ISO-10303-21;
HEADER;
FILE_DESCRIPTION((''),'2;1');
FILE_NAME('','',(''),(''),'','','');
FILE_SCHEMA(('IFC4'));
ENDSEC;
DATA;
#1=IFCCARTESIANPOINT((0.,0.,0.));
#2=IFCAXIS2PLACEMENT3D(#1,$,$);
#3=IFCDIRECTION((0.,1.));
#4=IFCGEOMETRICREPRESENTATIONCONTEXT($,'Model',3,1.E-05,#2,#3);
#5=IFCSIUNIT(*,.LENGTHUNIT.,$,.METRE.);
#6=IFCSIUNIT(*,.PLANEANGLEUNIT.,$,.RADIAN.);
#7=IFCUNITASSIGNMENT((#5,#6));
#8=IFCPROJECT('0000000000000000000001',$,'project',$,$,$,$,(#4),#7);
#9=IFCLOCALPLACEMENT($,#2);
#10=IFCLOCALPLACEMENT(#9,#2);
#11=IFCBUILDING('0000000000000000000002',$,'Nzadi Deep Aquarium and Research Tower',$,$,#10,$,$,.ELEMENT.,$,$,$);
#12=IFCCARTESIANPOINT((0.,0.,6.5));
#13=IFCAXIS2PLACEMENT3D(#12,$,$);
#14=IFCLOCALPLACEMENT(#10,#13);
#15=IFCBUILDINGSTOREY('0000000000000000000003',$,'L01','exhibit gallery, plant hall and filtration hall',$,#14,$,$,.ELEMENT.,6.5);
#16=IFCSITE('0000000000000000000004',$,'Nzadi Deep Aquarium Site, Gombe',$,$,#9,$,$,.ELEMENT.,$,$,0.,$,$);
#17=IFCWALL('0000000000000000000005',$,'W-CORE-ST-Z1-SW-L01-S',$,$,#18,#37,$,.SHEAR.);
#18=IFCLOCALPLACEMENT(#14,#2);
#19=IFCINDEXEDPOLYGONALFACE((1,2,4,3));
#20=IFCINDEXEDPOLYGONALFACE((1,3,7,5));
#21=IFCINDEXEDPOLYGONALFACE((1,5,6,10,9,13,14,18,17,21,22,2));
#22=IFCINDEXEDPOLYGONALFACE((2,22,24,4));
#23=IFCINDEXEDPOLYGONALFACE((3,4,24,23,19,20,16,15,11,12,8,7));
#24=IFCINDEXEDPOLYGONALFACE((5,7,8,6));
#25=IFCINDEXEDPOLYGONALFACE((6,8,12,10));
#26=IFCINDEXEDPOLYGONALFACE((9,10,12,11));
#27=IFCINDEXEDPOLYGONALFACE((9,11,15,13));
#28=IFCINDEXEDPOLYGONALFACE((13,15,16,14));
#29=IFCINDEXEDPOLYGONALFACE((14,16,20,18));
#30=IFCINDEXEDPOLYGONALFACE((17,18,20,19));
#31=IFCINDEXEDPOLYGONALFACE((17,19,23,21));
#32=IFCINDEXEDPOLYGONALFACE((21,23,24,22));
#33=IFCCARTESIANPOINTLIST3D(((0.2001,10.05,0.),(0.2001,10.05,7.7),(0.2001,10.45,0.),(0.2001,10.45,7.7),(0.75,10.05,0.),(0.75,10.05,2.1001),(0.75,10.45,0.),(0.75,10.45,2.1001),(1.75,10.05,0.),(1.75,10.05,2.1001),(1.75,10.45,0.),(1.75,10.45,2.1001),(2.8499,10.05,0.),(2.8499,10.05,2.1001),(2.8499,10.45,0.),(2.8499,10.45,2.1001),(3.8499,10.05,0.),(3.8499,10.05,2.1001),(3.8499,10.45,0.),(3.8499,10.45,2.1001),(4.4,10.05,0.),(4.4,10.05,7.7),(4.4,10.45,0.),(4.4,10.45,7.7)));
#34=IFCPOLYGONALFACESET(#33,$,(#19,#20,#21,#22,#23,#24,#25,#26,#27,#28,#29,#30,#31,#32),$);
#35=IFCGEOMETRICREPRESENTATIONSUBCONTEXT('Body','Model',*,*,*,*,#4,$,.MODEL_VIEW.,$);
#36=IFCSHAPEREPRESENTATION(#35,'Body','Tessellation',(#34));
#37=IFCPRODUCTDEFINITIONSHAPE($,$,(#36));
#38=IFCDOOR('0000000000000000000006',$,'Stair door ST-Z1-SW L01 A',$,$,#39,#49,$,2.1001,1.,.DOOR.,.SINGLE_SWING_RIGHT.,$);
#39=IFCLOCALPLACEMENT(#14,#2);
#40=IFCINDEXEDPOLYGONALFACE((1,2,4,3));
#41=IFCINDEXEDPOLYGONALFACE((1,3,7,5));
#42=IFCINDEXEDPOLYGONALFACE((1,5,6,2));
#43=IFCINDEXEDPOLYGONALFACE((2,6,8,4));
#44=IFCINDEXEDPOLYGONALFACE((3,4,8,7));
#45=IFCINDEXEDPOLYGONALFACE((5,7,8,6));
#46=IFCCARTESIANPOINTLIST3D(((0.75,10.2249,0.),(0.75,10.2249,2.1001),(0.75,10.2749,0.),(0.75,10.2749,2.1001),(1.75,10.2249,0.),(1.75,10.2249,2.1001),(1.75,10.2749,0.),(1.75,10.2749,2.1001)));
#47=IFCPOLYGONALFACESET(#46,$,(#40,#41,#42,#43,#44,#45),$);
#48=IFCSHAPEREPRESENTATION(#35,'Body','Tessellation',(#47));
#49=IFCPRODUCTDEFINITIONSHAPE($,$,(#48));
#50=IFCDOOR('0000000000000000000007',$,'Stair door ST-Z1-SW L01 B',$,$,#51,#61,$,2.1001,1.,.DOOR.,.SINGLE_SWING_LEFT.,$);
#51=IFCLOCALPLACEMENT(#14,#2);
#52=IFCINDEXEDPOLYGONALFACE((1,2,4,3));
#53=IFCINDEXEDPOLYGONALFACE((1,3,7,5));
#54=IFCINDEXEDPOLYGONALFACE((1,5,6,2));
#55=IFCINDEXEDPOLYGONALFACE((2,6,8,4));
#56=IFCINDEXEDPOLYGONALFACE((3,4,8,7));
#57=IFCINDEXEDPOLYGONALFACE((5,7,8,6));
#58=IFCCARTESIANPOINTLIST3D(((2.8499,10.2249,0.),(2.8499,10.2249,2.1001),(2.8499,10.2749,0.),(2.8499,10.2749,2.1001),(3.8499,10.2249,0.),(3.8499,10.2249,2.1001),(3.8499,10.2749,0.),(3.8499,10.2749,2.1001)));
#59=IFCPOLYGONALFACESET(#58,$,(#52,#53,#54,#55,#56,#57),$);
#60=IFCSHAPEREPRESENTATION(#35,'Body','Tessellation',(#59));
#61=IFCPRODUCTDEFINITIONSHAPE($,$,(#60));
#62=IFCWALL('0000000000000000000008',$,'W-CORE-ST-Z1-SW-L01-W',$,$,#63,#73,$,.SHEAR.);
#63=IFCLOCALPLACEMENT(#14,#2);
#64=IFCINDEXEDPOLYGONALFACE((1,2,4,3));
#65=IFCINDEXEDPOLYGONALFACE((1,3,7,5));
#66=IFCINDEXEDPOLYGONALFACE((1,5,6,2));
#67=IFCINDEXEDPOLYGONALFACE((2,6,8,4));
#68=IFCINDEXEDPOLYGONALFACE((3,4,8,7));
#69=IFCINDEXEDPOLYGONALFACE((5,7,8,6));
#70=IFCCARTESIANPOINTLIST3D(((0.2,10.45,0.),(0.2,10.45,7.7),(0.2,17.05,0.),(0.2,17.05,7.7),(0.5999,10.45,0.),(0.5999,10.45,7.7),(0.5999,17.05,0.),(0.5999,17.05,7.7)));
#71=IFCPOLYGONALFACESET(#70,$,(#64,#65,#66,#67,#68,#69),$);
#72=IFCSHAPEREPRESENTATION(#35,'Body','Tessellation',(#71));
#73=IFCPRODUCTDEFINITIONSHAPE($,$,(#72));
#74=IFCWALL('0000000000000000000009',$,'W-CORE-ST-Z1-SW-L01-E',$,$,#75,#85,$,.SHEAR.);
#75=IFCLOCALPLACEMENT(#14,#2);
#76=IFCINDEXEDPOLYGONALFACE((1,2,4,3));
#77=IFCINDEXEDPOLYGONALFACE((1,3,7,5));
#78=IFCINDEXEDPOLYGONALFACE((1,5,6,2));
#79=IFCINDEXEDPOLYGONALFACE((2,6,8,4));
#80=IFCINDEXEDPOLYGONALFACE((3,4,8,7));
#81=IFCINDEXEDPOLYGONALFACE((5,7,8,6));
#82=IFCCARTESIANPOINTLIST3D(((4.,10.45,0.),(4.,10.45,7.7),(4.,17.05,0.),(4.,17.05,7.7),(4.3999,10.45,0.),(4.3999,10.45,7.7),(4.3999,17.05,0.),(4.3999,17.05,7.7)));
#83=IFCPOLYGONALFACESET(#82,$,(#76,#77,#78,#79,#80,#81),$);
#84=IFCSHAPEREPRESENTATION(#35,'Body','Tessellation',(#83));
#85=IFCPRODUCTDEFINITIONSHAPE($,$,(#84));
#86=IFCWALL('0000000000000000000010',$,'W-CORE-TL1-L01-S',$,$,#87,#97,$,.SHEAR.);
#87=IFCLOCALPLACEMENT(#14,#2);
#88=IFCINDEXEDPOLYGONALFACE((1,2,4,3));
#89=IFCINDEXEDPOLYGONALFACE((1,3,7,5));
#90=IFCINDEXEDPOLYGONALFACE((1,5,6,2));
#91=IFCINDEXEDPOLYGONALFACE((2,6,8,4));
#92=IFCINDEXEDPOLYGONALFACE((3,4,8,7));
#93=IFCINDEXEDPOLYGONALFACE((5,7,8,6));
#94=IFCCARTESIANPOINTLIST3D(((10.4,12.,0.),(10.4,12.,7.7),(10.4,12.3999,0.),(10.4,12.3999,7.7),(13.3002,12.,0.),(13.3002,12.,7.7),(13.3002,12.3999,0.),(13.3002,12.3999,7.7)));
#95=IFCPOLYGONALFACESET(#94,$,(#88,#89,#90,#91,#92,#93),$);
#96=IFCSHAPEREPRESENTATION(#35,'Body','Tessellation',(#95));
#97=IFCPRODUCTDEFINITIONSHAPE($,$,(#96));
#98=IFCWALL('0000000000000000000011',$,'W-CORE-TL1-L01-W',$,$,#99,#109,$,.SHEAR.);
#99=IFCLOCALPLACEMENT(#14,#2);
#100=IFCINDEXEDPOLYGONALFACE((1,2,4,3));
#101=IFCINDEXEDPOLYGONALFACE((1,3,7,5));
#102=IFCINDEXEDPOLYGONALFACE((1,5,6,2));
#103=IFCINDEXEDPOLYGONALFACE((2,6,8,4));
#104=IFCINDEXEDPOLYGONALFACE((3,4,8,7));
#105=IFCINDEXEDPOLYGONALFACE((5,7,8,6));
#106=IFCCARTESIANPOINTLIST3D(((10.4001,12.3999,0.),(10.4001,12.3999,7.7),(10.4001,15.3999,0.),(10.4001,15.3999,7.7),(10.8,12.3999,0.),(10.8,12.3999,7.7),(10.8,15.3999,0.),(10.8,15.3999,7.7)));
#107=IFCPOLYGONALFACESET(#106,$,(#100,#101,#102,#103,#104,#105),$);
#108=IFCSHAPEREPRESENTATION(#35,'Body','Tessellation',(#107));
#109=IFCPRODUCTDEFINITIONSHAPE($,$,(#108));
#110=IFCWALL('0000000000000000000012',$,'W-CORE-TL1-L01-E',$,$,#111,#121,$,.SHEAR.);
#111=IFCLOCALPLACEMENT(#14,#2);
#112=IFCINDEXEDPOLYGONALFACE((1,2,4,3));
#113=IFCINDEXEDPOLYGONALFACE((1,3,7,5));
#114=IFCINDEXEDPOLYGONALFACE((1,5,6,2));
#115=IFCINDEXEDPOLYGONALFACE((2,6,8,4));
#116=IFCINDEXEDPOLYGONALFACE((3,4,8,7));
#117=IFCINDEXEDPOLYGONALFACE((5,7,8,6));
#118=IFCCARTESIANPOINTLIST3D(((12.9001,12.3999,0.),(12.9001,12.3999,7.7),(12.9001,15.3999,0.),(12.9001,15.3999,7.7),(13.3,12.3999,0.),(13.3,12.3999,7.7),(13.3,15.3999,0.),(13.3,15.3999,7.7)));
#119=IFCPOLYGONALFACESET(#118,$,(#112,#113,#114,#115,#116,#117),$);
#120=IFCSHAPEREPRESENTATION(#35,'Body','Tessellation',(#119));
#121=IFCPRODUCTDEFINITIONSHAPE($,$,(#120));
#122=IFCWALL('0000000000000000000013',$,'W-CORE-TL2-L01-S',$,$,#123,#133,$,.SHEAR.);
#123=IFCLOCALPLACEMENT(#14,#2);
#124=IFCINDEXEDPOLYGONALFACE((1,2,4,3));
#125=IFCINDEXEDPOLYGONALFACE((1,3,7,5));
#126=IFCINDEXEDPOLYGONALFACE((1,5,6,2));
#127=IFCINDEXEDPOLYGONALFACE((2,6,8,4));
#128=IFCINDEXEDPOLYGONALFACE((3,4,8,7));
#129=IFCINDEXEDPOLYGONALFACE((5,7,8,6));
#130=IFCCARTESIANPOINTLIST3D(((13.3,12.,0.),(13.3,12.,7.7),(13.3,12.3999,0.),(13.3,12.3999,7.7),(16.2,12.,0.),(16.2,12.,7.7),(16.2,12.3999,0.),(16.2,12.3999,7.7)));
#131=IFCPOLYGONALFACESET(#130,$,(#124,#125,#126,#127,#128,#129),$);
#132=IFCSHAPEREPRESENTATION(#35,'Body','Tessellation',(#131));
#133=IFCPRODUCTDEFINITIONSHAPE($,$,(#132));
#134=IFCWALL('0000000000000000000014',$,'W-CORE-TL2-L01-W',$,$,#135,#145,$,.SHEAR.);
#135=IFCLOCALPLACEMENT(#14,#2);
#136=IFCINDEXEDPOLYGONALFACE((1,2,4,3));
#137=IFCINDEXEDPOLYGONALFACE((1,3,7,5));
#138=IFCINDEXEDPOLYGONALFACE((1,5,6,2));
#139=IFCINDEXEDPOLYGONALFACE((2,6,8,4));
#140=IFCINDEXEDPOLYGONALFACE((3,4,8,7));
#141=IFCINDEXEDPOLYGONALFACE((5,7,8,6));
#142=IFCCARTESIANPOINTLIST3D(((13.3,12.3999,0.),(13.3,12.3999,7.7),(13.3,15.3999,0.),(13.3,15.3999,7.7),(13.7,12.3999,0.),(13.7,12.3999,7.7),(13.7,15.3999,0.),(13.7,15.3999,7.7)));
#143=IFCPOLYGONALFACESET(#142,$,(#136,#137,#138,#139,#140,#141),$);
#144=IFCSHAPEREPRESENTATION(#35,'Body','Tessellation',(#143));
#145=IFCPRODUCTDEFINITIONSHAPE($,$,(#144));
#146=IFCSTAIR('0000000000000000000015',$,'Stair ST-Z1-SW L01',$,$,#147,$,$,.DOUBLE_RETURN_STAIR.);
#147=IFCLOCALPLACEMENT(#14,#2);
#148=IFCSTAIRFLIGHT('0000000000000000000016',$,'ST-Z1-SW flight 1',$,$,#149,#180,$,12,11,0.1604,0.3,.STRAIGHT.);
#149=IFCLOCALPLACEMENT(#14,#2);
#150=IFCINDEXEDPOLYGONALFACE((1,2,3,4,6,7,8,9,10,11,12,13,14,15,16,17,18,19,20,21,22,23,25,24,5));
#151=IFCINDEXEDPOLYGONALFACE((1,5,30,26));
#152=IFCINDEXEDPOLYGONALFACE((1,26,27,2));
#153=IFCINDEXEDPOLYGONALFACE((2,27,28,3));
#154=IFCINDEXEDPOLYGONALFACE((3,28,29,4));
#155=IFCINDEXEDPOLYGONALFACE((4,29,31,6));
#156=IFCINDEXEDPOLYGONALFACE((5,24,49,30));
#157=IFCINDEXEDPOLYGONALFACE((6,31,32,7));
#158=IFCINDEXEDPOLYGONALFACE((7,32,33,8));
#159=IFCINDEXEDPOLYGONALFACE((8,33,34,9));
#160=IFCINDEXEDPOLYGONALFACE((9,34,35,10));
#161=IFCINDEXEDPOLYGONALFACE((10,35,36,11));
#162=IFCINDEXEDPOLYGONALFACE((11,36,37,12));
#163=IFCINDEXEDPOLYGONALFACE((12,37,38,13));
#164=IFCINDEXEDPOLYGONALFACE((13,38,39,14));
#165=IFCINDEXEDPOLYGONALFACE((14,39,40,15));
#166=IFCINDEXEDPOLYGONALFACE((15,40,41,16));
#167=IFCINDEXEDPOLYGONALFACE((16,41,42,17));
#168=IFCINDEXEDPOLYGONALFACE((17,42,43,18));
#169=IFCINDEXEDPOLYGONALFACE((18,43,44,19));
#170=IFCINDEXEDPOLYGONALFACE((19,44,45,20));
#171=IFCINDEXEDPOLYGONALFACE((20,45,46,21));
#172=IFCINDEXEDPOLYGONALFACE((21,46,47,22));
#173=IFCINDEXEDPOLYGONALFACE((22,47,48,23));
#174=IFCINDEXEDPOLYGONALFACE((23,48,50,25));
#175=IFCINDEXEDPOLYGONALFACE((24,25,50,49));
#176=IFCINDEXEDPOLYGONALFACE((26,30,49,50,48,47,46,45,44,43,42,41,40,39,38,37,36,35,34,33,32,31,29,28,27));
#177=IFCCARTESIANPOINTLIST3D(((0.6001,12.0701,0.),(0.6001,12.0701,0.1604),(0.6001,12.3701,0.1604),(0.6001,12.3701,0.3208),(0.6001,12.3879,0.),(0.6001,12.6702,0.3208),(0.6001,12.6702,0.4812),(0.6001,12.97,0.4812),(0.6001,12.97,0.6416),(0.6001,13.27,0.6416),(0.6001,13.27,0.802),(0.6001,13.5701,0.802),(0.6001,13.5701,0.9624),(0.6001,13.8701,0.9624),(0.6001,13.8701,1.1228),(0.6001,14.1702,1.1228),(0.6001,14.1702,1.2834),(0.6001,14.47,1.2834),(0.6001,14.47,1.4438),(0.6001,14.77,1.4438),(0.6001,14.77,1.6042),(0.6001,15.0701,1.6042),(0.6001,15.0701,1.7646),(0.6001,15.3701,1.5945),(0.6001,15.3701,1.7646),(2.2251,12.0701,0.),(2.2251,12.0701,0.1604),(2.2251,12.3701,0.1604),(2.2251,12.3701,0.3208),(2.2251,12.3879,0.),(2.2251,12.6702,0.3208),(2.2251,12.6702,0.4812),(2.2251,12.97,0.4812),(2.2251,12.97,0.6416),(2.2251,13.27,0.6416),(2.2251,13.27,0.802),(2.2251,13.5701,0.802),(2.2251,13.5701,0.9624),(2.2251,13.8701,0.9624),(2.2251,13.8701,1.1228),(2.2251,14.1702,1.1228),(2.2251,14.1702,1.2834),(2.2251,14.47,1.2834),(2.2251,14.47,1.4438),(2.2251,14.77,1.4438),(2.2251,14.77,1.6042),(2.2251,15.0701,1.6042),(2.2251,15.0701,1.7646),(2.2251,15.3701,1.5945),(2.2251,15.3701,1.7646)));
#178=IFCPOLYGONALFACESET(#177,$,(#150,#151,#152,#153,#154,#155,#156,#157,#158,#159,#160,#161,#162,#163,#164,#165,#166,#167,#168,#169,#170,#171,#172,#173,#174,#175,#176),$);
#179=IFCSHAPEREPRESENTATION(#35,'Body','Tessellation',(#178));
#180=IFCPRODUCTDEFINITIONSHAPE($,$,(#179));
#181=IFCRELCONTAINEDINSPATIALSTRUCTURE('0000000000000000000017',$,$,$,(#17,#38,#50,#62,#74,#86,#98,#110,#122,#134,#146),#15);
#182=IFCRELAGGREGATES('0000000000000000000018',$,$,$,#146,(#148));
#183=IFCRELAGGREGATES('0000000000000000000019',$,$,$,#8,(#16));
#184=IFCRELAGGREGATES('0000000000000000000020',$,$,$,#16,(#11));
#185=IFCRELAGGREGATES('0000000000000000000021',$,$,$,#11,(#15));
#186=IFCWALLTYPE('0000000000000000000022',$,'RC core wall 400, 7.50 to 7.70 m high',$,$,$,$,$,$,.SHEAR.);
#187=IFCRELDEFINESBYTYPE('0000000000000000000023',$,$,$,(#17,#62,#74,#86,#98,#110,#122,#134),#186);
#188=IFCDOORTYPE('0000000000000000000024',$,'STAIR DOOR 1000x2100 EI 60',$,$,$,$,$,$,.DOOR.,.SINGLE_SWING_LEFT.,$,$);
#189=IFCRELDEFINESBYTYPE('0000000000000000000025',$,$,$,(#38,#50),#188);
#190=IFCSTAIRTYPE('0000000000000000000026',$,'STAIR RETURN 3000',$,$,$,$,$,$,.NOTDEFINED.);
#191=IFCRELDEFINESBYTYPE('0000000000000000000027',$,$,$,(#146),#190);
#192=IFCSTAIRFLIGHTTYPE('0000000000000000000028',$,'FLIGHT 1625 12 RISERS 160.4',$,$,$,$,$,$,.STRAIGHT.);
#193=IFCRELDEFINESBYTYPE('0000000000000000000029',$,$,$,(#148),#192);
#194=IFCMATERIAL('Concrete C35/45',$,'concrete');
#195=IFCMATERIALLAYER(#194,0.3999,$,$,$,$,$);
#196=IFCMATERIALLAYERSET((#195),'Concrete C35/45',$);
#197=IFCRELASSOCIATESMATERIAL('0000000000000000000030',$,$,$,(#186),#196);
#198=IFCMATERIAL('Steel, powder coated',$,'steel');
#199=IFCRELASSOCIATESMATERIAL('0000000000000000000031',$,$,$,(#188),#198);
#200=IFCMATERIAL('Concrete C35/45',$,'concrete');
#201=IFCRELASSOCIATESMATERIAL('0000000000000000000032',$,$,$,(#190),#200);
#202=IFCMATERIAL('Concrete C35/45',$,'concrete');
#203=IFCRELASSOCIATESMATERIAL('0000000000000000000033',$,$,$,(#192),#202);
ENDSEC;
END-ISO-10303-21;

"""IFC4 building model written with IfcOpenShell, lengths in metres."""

from ifc_helpers import new_model, si_unit, direction, frame, frame_2d, origin, place, context, subcontext, project, spatial, polyline, rectangle, outline, extrude, material, layer, layer_set, type_object, element, fill, aggregate, save


model = new_model("IFC4")

# Units and contexts
model_context = context("Model", 3, precision=1e-05, world=origin(), true_north=direction((0.0, 1.0)))
body_context = subcontext(model_context, "Body", "Model", "MODEL_VIEW")
ifc_project = project(units=[si_unit("LENGTHUNIT", "METRE"), si_unit("PLANEANGLEUNIT", "RADIAN")], contexts=[model_context])

# Site, building, storey
site_placement = place(None, origin())
site = spatial("IfcSite", under=ifc_project, at=site_placement, Name="Nzadi Deep Aquarium Site, Gombe", CompositionType="ELEMENT", RefElevation=0.0)
building_placement = place(site_placement, origin())
building = spatial("IfcBuilding", under=site, at=building_placement, Name="Nzadi Deep Aquarium and Research Tower", CompositionType="ELEMENT")
storey_placement = place(building_placement, frame((0.0, 0.0, 6.5)))
storey = spatial("IfcBuildingStorey", under=building, at=storey_placement, Name="L01", Description="exhibit gallery, plant hall and filtration hall", CompositionType="ELEMENT", Elevation=6.5)

# Wall, openings, doors
ifc_material_1 = material(Name="Concrete C35/45", Category="concrete")
ifc_layer_1 = layer(ifc_material_1, 0.3999)
ifc_layer_set_1 = layer_set([ifc_layer_1], Name="Concrete C35/45")
wall_type_1 = type_object("IfcWallType", Name="RC core wall 400, 7.50 to 7.70 m high", PredefinedType="SHEAR", material=ifc_layer_set_1)
wall_1_placement = place(storey_placement, frame((0.2, 10.25, 0.0), z_axis=(0.0, 0.0, 1.0), x_axis=(1.0, 0.0, 0.0)))
wall_1 = element("IfcWall", 1, at=wall_1_placement, inside=storey, type_object=wall_type_1, Name="W-CORE-ST-Z1-SW-L01-S", PredefinedType="SHEAR", context=body_context, shape_type="SweptSolid", body=[
    extrude(rectangle(XDim=4.2, YDim=0.3999, at=frame_2d((2.1001, 0.0))), origin(), (0.0, 0.0, 1.0), 7.7),
])
opening_1_placement = place(wall_1_placement, frame((0.55, 0.0, 0.0)))
opening_1 = element("IfcOpeningElement", 2, at=opening_1_placement, cuts=wall_1, PredefinedType="OPENING", context=body_context, shape_type="SweptSolid", body=[
    extrude(rectangle(XDim=1.0, YDim=2.1001, at=frame_2d((0.5, 1.05))), frame((0.0, 0.21, 0.0), z_axis=(0.0, -1.0, 0.0), x_axis=(1.0, 0.0, 0.0)), (0.0, 0.0, 1.0), 0.4199),
])
opening_2_placement = place(wall_1_placement, frame((2.6499, 0.0, 0.0)))
opening_2 = element("IfcOpeningElement", 3, at=opening_2_placement, cuts=wall_1, PredefinedType="OPENING", context=body_context, shape_type="SweptSolid", body=[
    extrude(rectangle(XDim=1.0, YDim=2.1001, at=frame_2d((0.5, 1.05))), frame((0.0, 0.21, 0.0), z_axis=(0.0, -1.0, 0.0), x_axis=(1.0, 0.0, 0.0)), (0.0, 0.0, 1.0), 0.4199),
])
ifc_material_2 = material(Name="Steel, powder coated", Category="steel")
door_type_1 = type_object("IfcDoorType", Name="STAIR DOOR 1000x2100 EI 60", OperationType="SINGLE_SWING_LEFT", PredefinedType="DOOR", material=ifc_material_2)
door_1_placement = place(opening_1_placement, origin())
door_1 = element("IfcDoor", 4, at=door_1_placement, inside=storey, type_object=door_type_1, Name="Stair door ST-Z1-SW L01 A", OperationType="SINGLE_SWING_RIGHT", OverallHeight=2.1001, OverallWidth=1.0, PredefinedType="DOOR", context=body_context, shape_type="SweptSolid", body=[
    extrude(rectangle(XDim=1.0, YDim=2.1001, at=frame_2d((0.5, 1.05))), frame((0.0, 0.0249, 0.0), z_axis=(0.0, -1.0, 0.0), x_axis=(1.0, 0.0, 0.0)), (0.0, 0.0, 1.0), 0.05),
])
fill(opening_1, door_1)
door_2_placement = place(opening_2_placement, origin())
door_2 = element("IfcDoor", 5, at=door_2_placement, inside=storey, type_object=door_type_1, Name="Stair door ST-Z1-SW L01 B", OperationType="SINGLE_SWING_LEFT", OverallHeight=2.1001, OverallWidth=1.0, PredefinedType="DOOR", context=body_context, shape_type="SweptSolid", body=[
    extrude(rectangle(XDim=1.0, YDim=2.1001, at=frame_2d((0.5, 1.05))), frame((0.0, 0.0249, 0.0), z_axis=(0.0, -1.0, 0.0), x_axis=(1.0, 0.0, 0.0)), (0.0, 0.0, 1.0), 0.05),
])
fill(opening_2, door_2)

# Walls
for number, where, z_axis, x_axis, name in (
    (6, (0.3999, 10.45, 0.0), (0.0, 0.0, 1.0), (0.0, 1.0, 0.0), "W-CORE-ST-Z1-SW-L01-W"),
    (7, (4.2, 10.45, 0.0), (0.0, 0.0, 1.0), (0.0, 1.0, 0.0), "W-CORE-ST-Z1-SW-L01-E"),
):
    element("IfcWall", number, at=place(storey_placement, frame(where, z_axis=z_axis, x_axis=x_axis)), inside=storey, type_object=wall_type_1, Name=name, PredefinedType="SHEAR", context=body_context, shape_type="SweptSolid", body=[
        extrude(rectangle(XDim=6.6001, YDim=0.3999, at=frame_2d((3.3, 0.0))), origin(), (0.0, 0.0, 1.0), 7.7),
    ])
wall_2_placement = place(storey_placement, frame((10.3999, 12.2, 0.0), z_axis=(0.0, 0.0, 1.0), x_axis=(1.0, 0.0, 0.0)))
element("IfcWall", 8, at=wall_2_placement, inside=storey, type_object=wall_type_1, Name="W-CORE-TL1-L01-S", PredefinedType="SHEAR", context=body_context, shape_type="SweptSolid", body=[
    extrude(rectangle(XDim=2.9001, YDim=0.3999, at=frame_2d((1.4502, 0.0))), origin(), (0.0, 0.0, 1.0), 7.7),
])
for number, where, z_axis, x_axis, name in (
    (9, (10.6001, 12.3999, 0.0), (0.0, 0.0, 1.0), (0.0, 1.0, 0.0), "W-CORE-TL1-L01-W"),
    (10, (13.1001, 12.3999, 0.0), (0.0, 0.0, 1.0), (0.0, 1.0, 0.0), "W-CORE-TL1-L01-E"),
):
    element("IfcWall", number, at=place(storey_placement, frame(where, z_axis=z_axis, x_axis=x_axis)), inside=storey, type_object=wall_type_1, Name=name, PredefinedType="SHEAR", context=body_context, shape_type="SweptSolid", body=[
        extrude(rectangle(XDim=3.0, YDim=0.3999, at=frame_2d((1.5, 0.0))), origin(), (0.0, 0.0, 1.0), 7.7),
    ])
wall_3_placement = place(storey_placement, frame((13.3, 12.2, 0.0), z_axis=(0.0, 0.0, 1.0), x_axis=(1.0, 0.0, 0.0)))
element("IfcWall", 11, at=wall_3_placement, inside=storey, type_object=wall_type_1, Name="W-CORE-TL2-L01-S", PredefinedType="SHEAR", context=body_context, shape_type="SweptSolid", body=[
    extrude(rectangle(XDim=2.8999, YDim=0.3999, at=frame_2d((1.45, 0.0))), origin(), (0.0, 0.0, 1.0), 7.7),
])
wall_4_placement = place(storey_placement, frame((13.5, 12.3999, 0.0), z_axis=(0.0, 0.0, 1.0), x_axis=(0.0, 1.0, 0.0)))
element("IfcWall", 12, at=wall_4_placement, inside=storey, type_object=wall_type_1, Name="W-CORE-TL2-L01-W", PredefinedType="SHEAR", context=body_context, shape_type="SweptSolid", body=[
    extrude(rectangle(XDim=3.0, YDim=0.3999, at=frame_2d((1.5, 0.0))), origin(), (0.0, 0.0, 1.0), 7.7),
])

# Stair, stair flight
ifc_material_3 = material(Name="Concrete C35/45", Category="concrete")
stair_type = type_object("IfcStairType", Name="STAIR RETURN 3000", PredefinedType="NOTDEFINED", material=ifc_material_3)
stair_placement = place(storey_placement, origin())
stair = element("IfcStair", 13, at=stair_placement, inside=storey, type_object=stair_type, Name="Stair ST-Z1-SW L01", PredefinedType="DOUBLE_RETURN_STAIR")
ifc_material_4 = material(Name="Concrete C35/45", Category="concrete")
stair_flight_type = type_object("IfcStairFlightType", Name="FLIGHT 1625 12 RISERS 160.4", PredefinedType="STRAIGHT", material=ifc_material_4)
stair_flight_1_placement = place(storey_placement, frame((1.4126, 12.0701, 0.0), z_axis=(0.0, 0.0, 1.0), x_axis=(0.0, 1.0, 0.0)))
stair_flight_1 = element("IfcStairFlight", 14, at=stair_flight_1_placement, type_object=stair_flight_type, Name="ST-Z1-SW flight 1", NumberOfRisers=12, NumberOfTreads=11, PredefinedType="STRAIGHT", RiserHeight=0.1604, TreadLength=0.3, context=body_context, shape_type="SweptSolid", body=[
    extrude(outline(polyline([(0.0, 0.0), (0.0, 0.1604), (0.3, 0.1604), (0.3, 0.3208), (0.6001, 0.3208), (0.6001, 0.4812), (0.8999, 0.4812), (0.8999, 0.6416), (1.2, 0.6416), (1.2, 0.802), (1.5, 0.802), (1.5, 0.9624), (1.8, 0.9624), (1.8, 1.1228), (2.1001, 1.1228), (2.1001, 1.2834), (2.3999, 1.2834), (2.3999, 1.4438), (2.7, 1.4438), (2.7, 1.6042), (3.0, 1.6042), (3.0, 1.7646), (3.3, 1.7646), (3.3, 1.925), (3.3, 1.5945), (0.3179, 0.0), (0.0, 0.0)])), frame((0.0, 0.8125, 0.0), z_axis=(0.0, -1.0, 0.0), x_axis=(1.0, 0.0, 0.0)), (0.0, 0.0, 1.0), 1.625),
])
aggregate(stair, [stair_flight_1])

save(model, "model.ifc")
